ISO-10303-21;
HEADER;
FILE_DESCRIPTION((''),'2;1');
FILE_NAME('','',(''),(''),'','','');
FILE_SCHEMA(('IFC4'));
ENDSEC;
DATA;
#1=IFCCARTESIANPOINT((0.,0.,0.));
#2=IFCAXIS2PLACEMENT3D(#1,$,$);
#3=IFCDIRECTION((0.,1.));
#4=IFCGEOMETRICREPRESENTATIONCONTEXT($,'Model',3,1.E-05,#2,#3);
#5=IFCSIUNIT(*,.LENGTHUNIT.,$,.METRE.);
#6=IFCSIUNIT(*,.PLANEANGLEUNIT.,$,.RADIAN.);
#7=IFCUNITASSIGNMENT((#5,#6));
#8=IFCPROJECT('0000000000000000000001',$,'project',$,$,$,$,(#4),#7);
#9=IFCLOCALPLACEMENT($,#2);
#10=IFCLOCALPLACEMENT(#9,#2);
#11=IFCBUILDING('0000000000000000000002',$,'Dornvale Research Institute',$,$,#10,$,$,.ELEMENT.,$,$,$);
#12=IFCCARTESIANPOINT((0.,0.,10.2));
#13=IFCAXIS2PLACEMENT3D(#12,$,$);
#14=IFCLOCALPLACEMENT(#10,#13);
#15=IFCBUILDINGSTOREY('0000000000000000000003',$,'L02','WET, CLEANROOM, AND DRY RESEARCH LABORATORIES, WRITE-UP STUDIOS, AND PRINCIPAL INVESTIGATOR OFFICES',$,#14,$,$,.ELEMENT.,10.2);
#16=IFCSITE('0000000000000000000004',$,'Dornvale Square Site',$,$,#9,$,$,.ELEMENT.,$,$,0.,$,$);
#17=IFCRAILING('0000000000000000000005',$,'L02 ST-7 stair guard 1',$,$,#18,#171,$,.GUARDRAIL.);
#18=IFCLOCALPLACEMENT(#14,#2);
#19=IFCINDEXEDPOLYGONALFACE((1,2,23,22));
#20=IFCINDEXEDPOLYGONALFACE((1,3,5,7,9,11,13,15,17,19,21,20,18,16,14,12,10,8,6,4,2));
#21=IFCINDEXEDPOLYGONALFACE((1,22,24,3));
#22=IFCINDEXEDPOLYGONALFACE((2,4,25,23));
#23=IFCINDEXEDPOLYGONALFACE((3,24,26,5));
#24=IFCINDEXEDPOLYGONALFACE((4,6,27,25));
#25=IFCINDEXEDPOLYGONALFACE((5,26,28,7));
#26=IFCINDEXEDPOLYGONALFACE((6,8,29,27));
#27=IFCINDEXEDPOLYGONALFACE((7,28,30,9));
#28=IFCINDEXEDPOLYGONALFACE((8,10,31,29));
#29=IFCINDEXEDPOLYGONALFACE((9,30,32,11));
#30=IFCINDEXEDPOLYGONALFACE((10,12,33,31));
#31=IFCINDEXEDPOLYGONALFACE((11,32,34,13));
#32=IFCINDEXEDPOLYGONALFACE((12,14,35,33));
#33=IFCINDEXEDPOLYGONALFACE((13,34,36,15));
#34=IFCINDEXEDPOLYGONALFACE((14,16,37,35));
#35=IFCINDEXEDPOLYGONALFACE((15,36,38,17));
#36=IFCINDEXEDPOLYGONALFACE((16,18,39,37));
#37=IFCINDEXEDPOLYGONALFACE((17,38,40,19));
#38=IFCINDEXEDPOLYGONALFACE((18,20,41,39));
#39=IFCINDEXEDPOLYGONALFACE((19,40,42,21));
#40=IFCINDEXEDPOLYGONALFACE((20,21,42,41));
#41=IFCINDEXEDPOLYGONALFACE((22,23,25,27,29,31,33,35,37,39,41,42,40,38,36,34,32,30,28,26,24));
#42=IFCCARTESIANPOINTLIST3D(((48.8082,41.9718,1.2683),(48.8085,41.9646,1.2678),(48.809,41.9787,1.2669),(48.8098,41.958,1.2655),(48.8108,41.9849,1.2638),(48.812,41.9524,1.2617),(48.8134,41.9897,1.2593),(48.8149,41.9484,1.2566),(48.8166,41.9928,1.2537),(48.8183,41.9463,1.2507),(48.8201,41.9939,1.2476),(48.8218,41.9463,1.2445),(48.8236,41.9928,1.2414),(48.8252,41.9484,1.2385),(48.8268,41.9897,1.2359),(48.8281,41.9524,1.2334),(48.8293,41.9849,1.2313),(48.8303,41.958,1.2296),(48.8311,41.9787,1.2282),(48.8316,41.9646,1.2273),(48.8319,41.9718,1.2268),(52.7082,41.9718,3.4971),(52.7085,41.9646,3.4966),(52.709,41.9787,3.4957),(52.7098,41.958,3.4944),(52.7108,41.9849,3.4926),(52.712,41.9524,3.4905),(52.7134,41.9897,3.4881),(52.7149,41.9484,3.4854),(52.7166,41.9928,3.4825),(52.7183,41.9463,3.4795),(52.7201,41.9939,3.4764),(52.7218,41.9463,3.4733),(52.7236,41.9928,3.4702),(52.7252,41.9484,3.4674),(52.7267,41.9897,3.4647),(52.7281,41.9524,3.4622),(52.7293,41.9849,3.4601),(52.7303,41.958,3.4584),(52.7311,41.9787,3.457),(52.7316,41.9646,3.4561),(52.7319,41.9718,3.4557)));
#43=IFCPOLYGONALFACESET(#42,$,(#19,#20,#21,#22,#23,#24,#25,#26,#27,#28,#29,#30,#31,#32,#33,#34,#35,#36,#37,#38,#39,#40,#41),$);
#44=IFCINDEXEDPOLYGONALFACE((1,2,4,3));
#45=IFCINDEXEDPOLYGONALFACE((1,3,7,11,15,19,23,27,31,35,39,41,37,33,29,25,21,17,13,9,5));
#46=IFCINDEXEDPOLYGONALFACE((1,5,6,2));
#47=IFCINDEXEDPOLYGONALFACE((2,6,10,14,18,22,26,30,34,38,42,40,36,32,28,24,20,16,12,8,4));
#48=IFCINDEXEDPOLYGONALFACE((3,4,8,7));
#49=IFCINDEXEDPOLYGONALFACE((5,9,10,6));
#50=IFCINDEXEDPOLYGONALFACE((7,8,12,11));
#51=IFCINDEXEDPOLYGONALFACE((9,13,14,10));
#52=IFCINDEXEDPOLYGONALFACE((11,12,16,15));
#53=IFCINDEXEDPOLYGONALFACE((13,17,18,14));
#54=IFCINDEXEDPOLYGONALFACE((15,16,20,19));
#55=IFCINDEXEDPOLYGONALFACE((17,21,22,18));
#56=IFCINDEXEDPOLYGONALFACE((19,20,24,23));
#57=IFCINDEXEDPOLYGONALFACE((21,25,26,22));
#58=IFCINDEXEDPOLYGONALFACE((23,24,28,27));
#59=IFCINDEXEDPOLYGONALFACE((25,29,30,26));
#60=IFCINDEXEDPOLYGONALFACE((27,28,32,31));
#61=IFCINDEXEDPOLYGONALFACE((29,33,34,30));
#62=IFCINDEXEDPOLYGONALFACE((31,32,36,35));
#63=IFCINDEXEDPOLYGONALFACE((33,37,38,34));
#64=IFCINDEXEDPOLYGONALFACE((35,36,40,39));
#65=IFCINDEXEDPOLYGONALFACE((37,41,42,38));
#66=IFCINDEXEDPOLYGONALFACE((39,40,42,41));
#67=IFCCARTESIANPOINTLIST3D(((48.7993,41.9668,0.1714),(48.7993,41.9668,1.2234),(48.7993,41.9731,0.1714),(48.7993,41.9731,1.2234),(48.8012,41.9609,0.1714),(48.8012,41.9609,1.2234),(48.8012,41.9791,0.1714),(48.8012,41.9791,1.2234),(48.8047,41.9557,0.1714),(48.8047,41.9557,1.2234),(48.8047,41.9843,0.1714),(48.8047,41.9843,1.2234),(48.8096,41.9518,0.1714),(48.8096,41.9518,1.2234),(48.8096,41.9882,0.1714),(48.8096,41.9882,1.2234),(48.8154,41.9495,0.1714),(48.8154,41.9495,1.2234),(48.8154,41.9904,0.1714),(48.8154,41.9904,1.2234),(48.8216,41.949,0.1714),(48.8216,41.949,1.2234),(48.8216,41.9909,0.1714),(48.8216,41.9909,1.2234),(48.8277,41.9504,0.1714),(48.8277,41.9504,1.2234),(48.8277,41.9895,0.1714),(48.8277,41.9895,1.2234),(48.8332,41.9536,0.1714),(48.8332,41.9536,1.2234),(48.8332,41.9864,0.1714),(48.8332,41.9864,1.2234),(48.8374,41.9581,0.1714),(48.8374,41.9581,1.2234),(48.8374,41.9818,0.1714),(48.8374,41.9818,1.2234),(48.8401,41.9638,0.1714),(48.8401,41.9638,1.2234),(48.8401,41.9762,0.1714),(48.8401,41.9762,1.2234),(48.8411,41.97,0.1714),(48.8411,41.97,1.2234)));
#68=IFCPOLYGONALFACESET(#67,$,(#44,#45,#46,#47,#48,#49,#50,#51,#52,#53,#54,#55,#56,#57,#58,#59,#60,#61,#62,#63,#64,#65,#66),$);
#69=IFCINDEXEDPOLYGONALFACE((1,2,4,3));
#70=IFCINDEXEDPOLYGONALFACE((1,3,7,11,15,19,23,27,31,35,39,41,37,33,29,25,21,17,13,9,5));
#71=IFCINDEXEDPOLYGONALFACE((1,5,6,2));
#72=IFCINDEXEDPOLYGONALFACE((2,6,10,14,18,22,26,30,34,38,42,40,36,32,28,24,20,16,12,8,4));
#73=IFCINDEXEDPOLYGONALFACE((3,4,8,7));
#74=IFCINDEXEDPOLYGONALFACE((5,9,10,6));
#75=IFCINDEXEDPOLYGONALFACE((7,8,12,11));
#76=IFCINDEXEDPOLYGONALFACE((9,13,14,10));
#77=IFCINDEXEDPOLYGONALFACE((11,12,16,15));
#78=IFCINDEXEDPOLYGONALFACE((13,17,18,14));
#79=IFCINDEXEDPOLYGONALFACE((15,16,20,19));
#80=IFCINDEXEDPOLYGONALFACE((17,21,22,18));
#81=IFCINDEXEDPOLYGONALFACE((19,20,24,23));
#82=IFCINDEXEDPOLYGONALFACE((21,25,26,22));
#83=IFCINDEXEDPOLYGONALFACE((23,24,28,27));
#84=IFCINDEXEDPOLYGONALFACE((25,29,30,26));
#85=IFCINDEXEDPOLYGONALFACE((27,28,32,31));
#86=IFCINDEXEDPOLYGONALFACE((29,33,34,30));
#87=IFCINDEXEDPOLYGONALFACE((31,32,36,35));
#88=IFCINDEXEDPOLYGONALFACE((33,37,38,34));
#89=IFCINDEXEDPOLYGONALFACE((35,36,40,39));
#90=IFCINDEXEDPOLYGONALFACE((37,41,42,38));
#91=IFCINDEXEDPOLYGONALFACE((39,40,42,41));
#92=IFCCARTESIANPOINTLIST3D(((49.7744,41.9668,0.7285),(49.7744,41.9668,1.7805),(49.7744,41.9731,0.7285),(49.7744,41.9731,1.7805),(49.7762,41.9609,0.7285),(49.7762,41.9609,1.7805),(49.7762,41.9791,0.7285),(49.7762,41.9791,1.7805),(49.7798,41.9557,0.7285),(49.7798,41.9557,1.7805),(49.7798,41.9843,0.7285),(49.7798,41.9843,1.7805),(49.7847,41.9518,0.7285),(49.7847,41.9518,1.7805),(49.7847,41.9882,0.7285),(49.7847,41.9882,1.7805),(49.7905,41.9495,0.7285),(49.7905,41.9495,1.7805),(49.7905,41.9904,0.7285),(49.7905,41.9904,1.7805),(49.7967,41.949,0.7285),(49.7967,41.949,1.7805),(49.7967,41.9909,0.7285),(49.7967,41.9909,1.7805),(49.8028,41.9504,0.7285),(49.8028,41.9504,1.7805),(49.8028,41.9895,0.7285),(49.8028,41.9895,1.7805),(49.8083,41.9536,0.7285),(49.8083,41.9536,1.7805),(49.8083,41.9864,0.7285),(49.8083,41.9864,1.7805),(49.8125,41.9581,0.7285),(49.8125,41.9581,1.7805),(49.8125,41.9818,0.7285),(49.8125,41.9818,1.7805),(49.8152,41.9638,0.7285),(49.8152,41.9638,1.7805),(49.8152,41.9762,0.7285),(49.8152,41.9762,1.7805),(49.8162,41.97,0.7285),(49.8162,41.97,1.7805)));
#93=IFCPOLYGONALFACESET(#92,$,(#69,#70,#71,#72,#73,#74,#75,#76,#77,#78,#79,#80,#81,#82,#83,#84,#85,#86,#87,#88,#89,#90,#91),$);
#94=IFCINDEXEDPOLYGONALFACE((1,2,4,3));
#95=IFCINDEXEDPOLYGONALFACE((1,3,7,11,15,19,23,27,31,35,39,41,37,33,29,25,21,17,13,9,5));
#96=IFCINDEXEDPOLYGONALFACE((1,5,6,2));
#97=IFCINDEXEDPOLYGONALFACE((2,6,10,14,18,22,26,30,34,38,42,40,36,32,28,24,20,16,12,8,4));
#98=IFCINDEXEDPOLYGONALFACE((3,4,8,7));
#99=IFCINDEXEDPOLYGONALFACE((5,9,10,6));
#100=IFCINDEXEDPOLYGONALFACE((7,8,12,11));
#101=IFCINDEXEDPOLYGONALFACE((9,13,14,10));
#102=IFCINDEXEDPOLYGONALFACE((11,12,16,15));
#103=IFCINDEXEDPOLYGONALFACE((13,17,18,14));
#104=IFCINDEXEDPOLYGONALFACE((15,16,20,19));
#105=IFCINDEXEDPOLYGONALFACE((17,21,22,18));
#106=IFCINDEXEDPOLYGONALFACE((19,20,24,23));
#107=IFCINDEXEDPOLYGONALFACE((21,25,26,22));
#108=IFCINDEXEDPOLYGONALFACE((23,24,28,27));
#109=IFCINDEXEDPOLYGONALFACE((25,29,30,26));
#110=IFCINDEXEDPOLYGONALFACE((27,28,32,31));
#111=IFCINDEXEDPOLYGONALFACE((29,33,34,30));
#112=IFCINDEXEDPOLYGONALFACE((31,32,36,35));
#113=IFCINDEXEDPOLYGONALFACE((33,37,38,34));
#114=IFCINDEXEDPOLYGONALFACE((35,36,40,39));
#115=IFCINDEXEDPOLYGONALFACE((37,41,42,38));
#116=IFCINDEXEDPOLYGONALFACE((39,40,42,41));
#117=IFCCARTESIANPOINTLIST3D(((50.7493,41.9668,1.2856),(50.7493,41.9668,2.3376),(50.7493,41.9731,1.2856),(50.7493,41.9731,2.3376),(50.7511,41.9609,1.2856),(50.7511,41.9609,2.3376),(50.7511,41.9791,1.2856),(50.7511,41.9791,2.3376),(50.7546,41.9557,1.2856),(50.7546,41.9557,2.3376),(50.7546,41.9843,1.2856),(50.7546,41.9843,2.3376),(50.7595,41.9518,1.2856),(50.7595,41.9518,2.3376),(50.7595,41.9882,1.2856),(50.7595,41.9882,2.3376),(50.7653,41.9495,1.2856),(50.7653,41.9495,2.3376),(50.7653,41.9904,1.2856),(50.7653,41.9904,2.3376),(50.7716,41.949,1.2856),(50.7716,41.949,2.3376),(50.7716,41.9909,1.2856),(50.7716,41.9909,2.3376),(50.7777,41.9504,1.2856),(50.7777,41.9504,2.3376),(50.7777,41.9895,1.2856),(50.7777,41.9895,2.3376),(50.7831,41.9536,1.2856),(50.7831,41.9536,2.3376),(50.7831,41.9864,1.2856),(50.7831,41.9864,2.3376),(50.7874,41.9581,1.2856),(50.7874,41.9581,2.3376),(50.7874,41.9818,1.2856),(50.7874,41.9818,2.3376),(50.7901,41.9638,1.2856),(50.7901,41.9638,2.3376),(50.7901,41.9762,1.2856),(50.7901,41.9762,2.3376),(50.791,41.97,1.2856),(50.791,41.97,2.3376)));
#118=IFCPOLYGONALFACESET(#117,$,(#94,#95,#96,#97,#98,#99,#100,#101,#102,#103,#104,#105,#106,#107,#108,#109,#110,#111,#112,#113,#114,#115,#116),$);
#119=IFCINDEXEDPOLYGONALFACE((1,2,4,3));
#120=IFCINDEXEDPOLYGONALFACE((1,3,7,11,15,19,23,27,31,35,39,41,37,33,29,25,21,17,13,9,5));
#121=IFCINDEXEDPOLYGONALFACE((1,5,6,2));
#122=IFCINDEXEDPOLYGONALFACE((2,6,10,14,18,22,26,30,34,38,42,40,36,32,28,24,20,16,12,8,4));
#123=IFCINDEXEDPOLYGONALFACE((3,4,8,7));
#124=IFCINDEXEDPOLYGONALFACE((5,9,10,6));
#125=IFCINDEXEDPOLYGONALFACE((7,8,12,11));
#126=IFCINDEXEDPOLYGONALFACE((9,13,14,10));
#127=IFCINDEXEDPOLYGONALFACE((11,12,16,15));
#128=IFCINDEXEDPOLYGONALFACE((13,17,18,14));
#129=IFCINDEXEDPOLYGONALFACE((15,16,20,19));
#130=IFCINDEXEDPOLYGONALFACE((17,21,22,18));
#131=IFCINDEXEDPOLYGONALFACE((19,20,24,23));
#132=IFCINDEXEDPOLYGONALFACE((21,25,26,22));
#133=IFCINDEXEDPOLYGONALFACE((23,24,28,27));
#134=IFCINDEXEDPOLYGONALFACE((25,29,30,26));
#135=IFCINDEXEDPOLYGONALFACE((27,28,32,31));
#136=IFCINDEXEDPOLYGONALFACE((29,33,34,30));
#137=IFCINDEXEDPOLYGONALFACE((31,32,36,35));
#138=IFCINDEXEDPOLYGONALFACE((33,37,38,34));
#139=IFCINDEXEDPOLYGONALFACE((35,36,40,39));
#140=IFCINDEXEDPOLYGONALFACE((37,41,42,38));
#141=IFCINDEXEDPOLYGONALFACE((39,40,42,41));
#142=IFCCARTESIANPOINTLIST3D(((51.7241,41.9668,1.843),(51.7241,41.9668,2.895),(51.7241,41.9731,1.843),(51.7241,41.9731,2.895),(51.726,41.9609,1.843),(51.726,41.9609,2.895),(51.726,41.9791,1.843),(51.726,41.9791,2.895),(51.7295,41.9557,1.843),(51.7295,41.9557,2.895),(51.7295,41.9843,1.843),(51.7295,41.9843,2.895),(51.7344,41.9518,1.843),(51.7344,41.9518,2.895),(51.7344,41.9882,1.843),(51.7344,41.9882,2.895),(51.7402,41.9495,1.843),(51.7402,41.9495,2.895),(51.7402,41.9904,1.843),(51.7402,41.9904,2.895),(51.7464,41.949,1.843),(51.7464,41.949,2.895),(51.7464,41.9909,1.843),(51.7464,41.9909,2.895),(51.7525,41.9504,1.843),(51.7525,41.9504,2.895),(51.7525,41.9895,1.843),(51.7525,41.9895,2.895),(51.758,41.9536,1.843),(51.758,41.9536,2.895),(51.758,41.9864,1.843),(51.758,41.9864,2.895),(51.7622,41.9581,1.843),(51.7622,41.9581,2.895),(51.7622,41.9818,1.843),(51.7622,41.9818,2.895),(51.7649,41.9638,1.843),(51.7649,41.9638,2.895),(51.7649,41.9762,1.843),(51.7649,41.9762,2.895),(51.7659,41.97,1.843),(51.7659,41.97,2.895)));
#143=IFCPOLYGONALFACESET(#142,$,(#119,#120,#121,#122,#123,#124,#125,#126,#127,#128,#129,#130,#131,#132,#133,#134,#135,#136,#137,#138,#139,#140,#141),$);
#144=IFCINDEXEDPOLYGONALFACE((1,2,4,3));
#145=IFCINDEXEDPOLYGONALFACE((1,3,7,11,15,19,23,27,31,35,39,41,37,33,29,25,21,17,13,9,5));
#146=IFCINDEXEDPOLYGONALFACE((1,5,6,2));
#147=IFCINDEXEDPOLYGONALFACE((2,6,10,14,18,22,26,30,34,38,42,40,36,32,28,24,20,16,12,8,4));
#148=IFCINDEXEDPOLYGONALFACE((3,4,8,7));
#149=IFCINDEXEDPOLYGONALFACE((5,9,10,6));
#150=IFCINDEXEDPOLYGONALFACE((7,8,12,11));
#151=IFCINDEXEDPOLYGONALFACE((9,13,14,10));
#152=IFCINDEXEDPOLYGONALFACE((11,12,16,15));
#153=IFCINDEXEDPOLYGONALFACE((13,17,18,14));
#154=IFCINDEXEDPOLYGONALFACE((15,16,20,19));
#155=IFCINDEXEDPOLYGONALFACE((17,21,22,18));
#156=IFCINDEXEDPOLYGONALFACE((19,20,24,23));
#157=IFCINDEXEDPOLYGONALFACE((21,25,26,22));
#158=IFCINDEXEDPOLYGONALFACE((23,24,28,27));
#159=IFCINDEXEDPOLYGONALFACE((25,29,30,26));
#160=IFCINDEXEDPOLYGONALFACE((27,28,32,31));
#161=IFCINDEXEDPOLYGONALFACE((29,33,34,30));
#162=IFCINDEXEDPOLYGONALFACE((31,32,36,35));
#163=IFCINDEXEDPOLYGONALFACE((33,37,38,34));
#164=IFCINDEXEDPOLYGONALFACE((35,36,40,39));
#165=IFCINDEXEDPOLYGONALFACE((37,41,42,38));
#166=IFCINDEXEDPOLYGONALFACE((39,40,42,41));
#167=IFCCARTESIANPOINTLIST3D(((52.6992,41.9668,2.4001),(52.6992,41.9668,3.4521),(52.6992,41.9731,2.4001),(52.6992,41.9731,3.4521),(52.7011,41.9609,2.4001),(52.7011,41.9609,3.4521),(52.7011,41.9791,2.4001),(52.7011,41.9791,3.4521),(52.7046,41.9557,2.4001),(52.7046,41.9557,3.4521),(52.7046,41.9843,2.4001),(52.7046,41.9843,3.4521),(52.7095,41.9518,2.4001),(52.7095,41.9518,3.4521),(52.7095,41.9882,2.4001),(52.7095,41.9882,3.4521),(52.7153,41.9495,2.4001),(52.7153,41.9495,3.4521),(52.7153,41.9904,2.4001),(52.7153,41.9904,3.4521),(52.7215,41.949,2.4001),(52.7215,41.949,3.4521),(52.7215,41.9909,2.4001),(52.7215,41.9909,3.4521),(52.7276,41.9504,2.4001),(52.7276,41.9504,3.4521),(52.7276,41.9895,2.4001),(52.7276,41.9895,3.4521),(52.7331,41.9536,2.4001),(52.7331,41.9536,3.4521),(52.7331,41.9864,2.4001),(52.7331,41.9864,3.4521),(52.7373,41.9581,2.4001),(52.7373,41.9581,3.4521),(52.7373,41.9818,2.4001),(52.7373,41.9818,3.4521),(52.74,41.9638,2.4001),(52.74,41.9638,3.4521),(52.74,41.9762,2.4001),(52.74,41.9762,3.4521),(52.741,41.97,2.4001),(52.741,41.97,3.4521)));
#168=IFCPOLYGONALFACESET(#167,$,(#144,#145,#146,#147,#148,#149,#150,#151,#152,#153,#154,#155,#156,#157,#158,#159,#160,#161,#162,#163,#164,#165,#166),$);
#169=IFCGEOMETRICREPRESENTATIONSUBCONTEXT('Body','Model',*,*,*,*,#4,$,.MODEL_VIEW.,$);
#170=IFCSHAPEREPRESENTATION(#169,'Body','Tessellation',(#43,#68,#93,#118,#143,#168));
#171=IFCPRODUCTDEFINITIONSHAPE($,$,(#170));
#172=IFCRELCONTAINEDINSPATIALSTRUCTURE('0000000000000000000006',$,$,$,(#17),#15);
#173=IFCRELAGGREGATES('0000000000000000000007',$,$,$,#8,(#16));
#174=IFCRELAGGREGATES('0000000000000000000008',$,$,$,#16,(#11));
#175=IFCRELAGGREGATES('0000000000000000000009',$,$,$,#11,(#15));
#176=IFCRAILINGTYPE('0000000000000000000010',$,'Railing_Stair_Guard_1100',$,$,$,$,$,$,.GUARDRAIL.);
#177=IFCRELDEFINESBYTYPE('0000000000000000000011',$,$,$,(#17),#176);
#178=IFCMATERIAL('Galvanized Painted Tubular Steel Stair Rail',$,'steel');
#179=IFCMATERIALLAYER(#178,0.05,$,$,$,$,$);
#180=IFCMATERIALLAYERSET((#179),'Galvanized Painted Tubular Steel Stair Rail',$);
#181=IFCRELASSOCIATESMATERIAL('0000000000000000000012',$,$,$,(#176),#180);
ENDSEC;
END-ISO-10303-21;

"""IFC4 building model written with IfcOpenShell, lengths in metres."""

from ifc_helpers import new_model, si_unit, direction, frame, origin, origin_2d, place, context, subcontext, project, spatial, circle, extrude, material, layer, layer_set, type_object, element, save


model = new_model("IFC4")

# Units and contexts
model_context = context("Model", 3, precision=1e-05, world=origin(), true_north=direction((0.0, 1.0)))
body_context = subcontext(model_context, "Body", "Model", "MODEL_VIEW")
ifc_project = project(units=[si_unit("LENGTHUNIT", "METRE"), si_unit("PLANEANGLEUNIT", "RADIAN")], contexts=[model_context])

# Site, building, storey
site_placement = place(None, origin())
site = spatial("IfcSite", under=ifc_project, at=site_placement, Name="Dornvale Square Site", CompositionType="ELEMENT", RefElevation=0.0)
building_placement = place(site_placement, origin())
building = spatial("IfcBuilding", under=site, at=building_placement, Name="Dornvale Research Institute", CompositionType="ELEMENT")
storey_placement = place(building_placement, frame((0.0, 0.0, 10.2)))
storey = spatial("IfcBuildingStorey", under=building, at=storey_placement, Name="L02", Description="WET, CLEANROOM, AND DRY RESEARCH LABORATORIES, WRITE-UP STUDIOS, AND PRINCIPAL INVESTIGATOR OFFICES", CompositionType="ELEMENT", Elevation=10.2)

# Railing
ifc_material_1 = material(Name="Galvanized Painted Tubular Steel Stair Rail", Category="steel")
ifc_layer_1 = layer(ifc_material_1, 0.05)
ifc_layer_set_1 = layer_set([ifc_layer_1], Name="Galvanized Painted Tubular Steel Stair Rail")
railing_type_1 = type_object("IfcRailingType", Name="Railing_Stair_Guard_1100", PredefinedType="GUARDRAIL", material=ifc_layer_set_1)
railing_1_placement = place(storey_placement, frame((48.8201, 41.97, 0.1714)))
element("IfcRailing", 1, at=railing_1_placement, inside=storey, type_object=railing_type_1, Name="L02 ST-7 stair guard 1", PredefinedType="GUARDRAIL", context=body_context, shape_type="SweptSolid", body=[
    extrude(circle(Radius=0.0239, at=origin_2d()), frame((0.0, 0.0, 1.0762), z_axis=(0.86822, 0.0, 0.49618), x_axis=(0.0, 1.0, 0.0)), (0.0, 0.0, 1.0), 4.4919),
    extrude(circle(Radius=0.021, at=origin_2d()), origin(), (0.0, 0.0, 1.0), 1.052),
    extrude(circle(Radius=0.021, at=origin_2d()), frame((0.9751, 0.0, 0.5571)), (0.0, 0.0, 1.0), 1.052),
    extrude(circle(Radius=0.021, at=origin_2d()), frame((1.95, 0.0, 1.1143)), (0.0, 0.0, 1.0), 1.052),
    extrude(circle(Radius=0.021, at=origin_2d()), frame((2.9248, 0.0, 1.6716)), (0.0, 0.0, 1.0), 1.052),
    extrude(circle(Radius=0.021, at=origin_2d()), frame((3.8999, 0.0, 2.2288)), (0.0, 0.0, 1.0), 1.052),
])

save(model, "model.ifc")
